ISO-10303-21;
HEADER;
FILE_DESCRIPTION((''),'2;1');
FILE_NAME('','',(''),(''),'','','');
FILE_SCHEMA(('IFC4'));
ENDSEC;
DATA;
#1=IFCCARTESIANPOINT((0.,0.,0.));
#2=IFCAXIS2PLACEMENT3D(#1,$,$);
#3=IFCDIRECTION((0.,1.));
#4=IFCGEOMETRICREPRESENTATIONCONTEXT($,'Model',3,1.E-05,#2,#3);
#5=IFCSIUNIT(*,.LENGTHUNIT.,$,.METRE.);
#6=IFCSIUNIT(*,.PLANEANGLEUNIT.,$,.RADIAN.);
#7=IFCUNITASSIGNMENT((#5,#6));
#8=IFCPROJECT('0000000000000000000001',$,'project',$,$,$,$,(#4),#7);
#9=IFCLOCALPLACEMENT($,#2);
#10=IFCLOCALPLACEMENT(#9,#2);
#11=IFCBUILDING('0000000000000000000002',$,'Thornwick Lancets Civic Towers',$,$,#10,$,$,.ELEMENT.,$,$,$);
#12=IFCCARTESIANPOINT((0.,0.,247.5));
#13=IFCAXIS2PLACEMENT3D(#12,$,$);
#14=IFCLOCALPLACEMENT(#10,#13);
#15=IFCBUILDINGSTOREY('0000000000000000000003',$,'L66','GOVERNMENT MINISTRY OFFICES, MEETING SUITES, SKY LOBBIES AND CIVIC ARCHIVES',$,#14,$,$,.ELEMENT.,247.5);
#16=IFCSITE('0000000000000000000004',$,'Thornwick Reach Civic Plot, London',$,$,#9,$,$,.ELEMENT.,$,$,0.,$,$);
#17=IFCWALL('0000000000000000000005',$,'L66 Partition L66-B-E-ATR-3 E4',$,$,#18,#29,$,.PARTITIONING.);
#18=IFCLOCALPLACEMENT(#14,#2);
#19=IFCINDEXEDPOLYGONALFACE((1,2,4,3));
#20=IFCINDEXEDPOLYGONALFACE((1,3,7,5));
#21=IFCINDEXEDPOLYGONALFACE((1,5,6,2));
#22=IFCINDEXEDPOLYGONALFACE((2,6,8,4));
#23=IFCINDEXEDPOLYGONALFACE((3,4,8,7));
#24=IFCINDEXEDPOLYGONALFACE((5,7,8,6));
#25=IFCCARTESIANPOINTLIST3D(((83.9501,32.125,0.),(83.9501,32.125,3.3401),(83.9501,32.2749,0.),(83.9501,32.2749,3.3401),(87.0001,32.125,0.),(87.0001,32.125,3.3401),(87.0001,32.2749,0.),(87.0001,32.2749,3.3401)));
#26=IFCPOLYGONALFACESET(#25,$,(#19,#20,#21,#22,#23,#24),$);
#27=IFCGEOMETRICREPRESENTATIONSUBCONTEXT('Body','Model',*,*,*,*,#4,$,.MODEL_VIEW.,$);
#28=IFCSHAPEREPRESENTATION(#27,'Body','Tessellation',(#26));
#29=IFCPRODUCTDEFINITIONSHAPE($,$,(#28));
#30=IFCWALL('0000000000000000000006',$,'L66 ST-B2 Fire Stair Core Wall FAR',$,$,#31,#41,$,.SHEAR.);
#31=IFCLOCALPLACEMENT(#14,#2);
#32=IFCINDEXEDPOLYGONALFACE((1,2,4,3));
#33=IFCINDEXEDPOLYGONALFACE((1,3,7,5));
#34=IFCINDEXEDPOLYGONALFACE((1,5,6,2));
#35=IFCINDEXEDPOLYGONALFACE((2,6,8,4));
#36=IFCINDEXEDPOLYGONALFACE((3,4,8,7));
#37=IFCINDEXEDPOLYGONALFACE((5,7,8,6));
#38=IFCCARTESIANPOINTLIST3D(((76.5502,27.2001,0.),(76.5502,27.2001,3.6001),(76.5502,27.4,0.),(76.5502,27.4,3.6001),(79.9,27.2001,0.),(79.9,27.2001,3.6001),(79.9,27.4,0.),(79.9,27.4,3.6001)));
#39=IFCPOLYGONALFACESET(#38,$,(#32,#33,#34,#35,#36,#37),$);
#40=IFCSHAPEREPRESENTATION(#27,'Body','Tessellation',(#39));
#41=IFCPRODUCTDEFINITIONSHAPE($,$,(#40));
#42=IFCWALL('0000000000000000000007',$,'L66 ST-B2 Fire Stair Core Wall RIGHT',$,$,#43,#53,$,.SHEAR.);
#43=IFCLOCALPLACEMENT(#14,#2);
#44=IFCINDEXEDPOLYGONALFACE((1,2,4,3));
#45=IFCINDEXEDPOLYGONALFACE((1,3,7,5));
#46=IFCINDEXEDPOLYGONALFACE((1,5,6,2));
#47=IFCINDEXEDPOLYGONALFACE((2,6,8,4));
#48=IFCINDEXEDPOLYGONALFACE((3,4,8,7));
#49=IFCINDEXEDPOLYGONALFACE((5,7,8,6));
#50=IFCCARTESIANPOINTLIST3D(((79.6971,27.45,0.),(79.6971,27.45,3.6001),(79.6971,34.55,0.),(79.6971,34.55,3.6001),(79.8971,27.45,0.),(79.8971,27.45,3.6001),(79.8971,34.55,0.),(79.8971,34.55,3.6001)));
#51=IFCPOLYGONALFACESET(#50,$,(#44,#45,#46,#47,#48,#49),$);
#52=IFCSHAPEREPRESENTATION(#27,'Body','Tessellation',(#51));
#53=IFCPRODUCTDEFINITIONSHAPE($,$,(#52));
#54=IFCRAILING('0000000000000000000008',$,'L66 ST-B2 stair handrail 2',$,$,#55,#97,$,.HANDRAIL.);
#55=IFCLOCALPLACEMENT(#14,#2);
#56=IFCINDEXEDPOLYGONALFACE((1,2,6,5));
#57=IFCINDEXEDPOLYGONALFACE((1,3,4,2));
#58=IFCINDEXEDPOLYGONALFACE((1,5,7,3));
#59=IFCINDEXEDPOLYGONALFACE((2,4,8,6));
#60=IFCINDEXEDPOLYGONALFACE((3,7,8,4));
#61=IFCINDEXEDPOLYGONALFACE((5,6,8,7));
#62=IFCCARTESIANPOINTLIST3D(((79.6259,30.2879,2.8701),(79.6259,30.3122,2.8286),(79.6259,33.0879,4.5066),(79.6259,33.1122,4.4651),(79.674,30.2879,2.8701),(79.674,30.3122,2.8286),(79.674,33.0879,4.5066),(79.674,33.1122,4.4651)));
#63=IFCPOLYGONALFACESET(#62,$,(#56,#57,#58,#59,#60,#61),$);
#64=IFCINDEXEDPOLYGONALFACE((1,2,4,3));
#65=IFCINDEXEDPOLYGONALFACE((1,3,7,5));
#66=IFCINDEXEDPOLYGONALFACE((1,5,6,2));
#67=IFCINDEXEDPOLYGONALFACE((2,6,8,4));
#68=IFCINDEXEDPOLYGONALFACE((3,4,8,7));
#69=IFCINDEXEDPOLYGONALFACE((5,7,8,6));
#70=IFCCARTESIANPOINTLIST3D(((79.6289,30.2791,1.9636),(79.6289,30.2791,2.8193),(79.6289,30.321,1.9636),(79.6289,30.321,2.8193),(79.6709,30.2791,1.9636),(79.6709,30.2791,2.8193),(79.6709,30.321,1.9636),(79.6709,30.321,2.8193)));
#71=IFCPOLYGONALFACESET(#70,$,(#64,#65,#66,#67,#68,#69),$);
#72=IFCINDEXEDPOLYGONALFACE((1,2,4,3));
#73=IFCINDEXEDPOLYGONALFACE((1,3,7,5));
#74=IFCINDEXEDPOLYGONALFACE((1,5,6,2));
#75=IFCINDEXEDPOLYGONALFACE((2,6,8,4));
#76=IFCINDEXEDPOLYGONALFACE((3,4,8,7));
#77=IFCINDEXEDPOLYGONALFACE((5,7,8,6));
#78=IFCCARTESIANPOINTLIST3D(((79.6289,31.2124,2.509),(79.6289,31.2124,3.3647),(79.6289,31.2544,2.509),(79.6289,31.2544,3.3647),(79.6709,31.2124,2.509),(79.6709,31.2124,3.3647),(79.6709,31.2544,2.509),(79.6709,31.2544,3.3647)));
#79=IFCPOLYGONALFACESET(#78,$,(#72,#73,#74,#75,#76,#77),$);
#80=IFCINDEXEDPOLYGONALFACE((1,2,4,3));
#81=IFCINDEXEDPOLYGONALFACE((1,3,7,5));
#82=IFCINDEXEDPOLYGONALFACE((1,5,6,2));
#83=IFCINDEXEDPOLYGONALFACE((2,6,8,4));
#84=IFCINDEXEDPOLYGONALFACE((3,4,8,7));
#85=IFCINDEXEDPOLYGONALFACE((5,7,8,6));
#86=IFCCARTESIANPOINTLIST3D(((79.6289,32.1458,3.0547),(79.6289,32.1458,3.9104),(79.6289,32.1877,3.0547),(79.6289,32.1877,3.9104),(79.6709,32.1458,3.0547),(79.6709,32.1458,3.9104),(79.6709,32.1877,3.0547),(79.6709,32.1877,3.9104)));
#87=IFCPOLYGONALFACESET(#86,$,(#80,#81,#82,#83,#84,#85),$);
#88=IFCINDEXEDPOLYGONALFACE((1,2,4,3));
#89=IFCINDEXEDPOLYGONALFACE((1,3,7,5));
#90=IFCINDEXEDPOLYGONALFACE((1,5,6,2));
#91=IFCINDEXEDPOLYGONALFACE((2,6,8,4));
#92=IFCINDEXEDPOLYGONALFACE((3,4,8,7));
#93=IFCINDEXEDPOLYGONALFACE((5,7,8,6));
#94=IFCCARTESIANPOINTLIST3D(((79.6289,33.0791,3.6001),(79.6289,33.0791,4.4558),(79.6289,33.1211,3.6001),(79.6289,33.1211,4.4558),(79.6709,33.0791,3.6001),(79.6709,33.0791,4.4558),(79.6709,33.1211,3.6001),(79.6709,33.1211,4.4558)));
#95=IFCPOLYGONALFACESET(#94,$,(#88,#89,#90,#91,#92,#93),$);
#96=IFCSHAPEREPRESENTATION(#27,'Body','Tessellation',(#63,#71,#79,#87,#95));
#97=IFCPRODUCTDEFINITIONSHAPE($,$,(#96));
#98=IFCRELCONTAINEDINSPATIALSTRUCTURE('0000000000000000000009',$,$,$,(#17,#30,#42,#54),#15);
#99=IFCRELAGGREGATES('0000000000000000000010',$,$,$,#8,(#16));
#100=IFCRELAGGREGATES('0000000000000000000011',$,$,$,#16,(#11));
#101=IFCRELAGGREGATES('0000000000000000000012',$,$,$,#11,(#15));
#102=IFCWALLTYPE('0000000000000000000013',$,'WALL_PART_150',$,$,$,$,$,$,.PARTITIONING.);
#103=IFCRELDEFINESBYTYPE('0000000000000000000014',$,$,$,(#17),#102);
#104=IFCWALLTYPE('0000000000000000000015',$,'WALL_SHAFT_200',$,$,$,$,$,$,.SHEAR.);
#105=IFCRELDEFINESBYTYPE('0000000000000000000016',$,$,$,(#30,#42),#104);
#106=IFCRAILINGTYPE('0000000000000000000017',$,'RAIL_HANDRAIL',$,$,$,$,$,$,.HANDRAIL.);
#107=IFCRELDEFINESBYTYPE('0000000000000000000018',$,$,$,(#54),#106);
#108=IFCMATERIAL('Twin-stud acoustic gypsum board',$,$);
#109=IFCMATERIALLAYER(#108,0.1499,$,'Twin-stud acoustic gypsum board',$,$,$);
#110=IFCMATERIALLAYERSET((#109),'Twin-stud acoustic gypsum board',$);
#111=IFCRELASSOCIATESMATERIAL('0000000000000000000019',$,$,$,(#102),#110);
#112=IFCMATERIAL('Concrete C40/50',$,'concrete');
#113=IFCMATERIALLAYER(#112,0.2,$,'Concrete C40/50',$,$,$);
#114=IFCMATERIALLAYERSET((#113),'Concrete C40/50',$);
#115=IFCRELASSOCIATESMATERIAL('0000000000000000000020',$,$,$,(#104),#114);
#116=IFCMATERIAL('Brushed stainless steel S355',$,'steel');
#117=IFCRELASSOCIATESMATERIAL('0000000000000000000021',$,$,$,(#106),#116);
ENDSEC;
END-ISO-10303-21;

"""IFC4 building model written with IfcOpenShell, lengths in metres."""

from ifc_helpers import new_model, si_unit, direction, frame, frame_2d, origin, origin_2d, place, context, subcontext, project, spatial, rectangle, extrude, material, layer, layer_set, type_object, element, save


model = new_model("IFC4")

# Units and contexts
model_context = context("Model", 3, precision=1e-05, world=origin(), true_north=direction((0.0, 1.0)))
body_context = subcontext(model_context, "Body", "Model", "MODEL_VIEW")
ifc_project = project(units=[si_unit("LENGTHUNIT", "METRE"), si_unit("PLANEANGLEUNIT", "RADIAN")], contexts=[model_context])

# Site, building, storey
site_placement = place(None, origin())
site = spatial("IfcSite", under=ifc_project, at=site_placement, Name="Thornwick Reach Civic Plot, London", CompositionType="ELEMENT", RefElevation=0.0)
building_placement = place(site_placement, origin())
building = spatial("IfcBuilding", under=site, at=building_placement, Name="Thornwick Lancets Civic Towers", CompositionType="ELEMENT")
storey_placement = place(building_placement, frame((0.0, 0.0, 247.5)))
storey = spatial("IfcBuildingStorey", under=building, at=storey_placement, Name="L66", Description="GOVERNMENT MINISTRY OFFICES, MEETING SUITES, SKY LOBBIES AND CIVIC ARCHIVES", CompositionType="ELEMENT", Elevation=247.5)

# Shared definitions
ifc_material_1 = material(Name="Twin-stud acoustic gypsum board")
ifc_layer_1 = layer(ifc_material_1, 0.1499, Name="Twin-stud acoustic gypsum board")
ifc_layer_set_1 = layer_set([ifc_layer_1], Name="Twin-stud acoustic gypsum board")
wall_type_1 = type_object("IfcWallType", Name="WALL_PART_150", PredefinedType="PARTITIONING", material=ifc_layer_set_1)

# Walls
wall_1_placement = place(storey_placement, frame((87.0, 32.2, 0.0), z_axis=(0.0, 0.0, 1.0), x_axis=(-1.0, 0.0, 0.0)))
element("IfcWall", 1, at=wall_1_placement, inside=storey, type_object=wall_type_1, Name="L66 Partition L66-B-E-ATR-3 E4", PredefinedType="PARTITIONING", context=body_context, shape_type="SweptSolid", body=[
    extrude(rectangle(XDim=3.05, YDim=0.1499, at=frame_2d((1.5249, 0.0))), origin(), (0.0, 0.0, 1.0), 3.3401),
])
ifc_material_2 = material(Name="Concrete C40/50", Category="concrete")
ifc_layer_2 = layer(ifc_material_2, 0.2, Name="Concrete C40/50")
ifc_layer_set_2 = layer_set([ifc_layer_2], Name="Concrete C40/50")
wall_type_2 = type_object("IfcWallType", Name="WALL_SHAFT_200", PredefinedType="SHEAR", material=ifc_layer_set_2)
wall_2_placement = place(storey_placement, frame((79.8999, 27.3, 0.0), z_axis=(0.0, 0.0, 1.0), x_axis=(-1.0, 0.0, 0.0)))
element("IfcWall", 2, at=wall_2_placement, inside=storey, type_object=wall_type_2, Name="L66 ST-B2 Fire Stair Core Wall FAR", PredefinedType="SHEAR", context=body_context, shape_type="SweptSolid", body=[
    extrude(rectangle(XDim=3.3499, YDim=0.2, at=frame_2d((1.6748, 0.0))), origin(), (0.0, 0.0, 1.0), 3.6001),
])
wall_3_placement = place(storey_placement, frame((79.7971, 27.45, 0.0), z_axis=(0.0, 0.0, 1.0), x_axis=(0.0, 1.0, 0.0)))
element("IfcWall", 3, at=wall_3_placement, inside=storey, type_object=wall_type_2, Name="L66 ST-B2 Fire Stair Core Wall RIGHT", PredefinedType="SHEAR", context=body_context, shape_type="SweptSolid", body=[
    extrude(rectangle(XDim=7.1001, YDim=0.2, at=frame_2d((3.55, 0.0))), origin(), (0.0, 0.0, 1.0), 3.6001),
])

# Railing
ifc_material_3 = material(Name="Brushed stainless steel S355", Category="steel")
railing_type = type_object("IfcRailingType", Name="RAIL_HANDRAIL", PredefinedType="HANDRAIL", material=ifc_material_3)
railing_placement = place(storey_placement, frame((79.6499, 30.3, 1.9636)))
element("IfcRailing", 4, at=railing_placement, inside=storey, type_object=railing_type, Name="L66 ST-B2 stair handrail 2", PredefinedType="HANDRAIL", context=body_context, shape_type="SweptSolid", body=[
    extrude(rectangle(XDim=0.0481, YDim=0.0481, at=origin_2d()), frame((0.0, 0.0, 0.8857), z_axis=(0.0, 0.863361, 0.504587), x_axis=(-1.0, 0.0, 0.0)), (0.0, 0.0, 1.0), 3.2432),
    extrude(rectangle(XDim=0.042, YDim=0.042, at=origin_2d()), origin(), (0.0, 0.0, 1.0), 0.8557),
    extrude(rectangle(XDim=0.042, YDim=0.042, at=origin_2d()), frame((0.0, 0.9333, 0.5454)), (0.0, 0.0, 1.0), 0.8557),
    extrude(rectangle(XDim=0.042, YDim=0.042, at=origin_2d()), frame((0.0, 1.8667, 1.0911)), (0.0, 0.0, 1.0), 0.8557),
    extrude(rectangle(XDim=0.042, YDim=0.042, at=origin_2d()), frame((0.0, 2.8, 1.6365)), (0.0, 0.0, 1.0), 0.8557),
])

save(model, "model.ifc")
